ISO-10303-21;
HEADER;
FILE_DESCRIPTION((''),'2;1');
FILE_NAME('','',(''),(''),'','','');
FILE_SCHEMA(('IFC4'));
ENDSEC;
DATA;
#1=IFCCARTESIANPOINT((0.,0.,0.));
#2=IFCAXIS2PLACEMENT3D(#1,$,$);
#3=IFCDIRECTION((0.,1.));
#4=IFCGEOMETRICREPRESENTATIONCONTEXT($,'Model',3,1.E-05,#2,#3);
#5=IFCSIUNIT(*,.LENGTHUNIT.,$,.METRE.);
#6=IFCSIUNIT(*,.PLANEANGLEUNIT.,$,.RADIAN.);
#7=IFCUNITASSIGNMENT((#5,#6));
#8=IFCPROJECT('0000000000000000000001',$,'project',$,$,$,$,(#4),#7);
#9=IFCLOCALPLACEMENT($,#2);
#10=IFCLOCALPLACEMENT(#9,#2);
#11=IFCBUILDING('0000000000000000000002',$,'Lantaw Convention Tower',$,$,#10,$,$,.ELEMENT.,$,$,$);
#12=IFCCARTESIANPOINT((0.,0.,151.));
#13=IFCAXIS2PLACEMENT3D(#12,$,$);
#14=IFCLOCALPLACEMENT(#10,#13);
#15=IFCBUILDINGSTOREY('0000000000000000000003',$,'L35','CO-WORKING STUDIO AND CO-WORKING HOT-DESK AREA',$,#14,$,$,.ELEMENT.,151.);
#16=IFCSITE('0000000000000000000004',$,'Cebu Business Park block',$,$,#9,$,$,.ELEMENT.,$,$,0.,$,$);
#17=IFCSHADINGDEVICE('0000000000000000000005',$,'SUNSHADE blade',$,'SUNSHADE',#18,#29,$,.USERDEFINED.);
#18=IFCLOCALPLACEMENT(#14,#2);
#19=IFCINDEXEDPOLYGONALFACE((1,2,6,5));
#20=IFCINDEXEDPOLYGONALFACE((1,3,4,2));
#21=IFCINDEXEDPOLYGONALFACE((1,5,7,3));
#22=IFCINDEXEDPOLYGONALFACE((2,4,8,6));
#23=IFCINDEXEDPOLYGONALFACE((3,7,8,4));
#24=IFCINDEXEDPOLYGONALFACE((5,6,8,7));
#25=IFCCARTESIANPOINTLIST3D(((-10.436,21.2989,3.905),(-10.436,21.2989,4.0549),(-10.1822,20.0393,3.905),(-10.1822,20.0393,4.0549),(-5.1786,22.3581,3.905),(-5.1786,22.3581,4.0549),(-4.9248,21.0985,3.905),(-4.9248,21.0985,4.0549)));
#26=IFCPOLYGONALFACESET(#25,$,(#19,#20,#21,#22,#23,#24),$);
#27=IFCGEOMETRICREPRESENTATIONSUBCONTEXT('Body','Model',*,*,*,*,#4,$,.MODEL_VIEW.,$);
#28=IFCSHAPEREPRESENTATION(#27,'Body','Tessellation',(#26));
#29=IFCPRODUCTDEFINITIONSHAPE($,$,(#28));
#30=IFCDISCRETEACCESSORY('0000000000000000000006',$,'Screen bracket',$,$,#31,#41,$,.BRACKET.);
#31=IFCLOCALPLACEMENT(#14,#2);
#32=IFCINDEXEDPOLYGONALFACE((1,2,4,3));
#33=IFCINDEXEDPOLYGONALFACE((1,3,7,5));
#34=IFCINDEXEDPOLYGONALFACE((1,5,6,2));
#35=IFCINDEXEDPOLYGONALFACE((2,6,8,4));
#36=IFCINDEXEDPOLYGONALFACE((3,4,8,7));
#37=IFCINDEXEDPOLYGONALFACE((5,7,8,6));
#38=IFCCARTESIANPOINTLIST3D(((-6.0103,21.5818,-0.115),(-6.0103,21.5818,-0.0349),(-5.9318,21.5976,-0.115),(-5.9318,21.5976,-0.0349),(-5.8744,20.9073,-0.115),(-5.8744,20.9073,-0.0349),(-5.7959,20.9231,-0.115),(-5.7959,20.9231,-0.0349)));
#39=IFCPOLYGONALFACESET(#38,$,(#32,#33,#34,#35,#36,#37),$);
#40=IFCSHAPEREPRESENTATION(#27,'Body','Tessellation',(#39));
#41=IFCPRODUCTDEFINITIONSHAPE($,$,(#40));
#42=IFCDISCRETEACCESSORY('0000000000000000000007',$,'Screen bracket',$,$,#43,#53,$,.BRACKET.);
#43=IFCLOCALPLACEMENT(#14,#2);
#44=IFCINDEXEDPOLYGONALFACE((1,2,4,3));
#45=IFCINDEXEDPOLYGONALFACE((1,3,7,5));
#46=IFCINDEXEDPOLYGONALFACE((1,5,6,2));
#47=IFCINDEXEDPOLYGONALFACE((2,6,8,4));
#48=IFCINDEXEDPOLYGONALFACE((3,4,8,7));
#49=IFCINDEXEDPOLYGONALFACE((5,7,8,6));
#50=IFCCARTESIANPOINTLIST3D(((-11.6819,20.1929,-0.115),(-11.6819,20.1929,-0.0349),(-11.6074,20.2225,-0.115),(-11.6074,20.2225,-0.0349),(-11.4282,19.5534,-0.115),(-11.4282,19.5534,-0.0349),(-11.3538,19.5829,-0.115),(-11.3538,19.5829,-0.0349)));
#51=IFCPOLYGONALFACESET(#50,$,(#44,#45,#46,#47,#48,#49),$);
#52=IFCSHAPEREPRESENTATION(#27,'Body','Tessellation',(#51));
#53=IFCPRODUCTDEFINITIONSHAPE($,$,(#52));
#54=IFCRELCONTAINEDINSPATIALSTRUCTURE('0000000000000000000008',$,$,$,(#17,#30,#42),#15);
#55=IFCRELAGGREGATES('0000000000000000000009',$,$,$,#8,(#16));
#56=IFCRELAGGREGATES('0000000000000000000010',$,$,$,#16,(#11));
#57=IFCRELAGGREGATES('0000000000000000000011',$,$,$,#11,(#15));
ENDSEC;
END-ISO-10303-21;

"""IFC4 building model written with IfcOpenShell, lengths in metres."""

from ifc_helpers import new_model, si_unit, direction, frame, origin, origin_2d, place, context, subcontext, project, spatial, rectangle, extrude, element, save


model = new_model("IFC4")

# Units and contexts
model_context = context("Model", 3, precision=1e-05, world=origin(), true_north=direction((0.0, 1.0)))
body_context = subcontext(model_context, "Body", "Model", "MODEL_VIEW")
ifc_project = project(units=[si_unit("LENGTHUNIT", "METRE"), si_unit("PLANEANGLEUNIT", "RADIAN")], contexts=[model_context])

# Site, building, storey
site_placement = place(None, origin())
site = spatial("IfcSite", under=ifc_project, at=site_placement, Name="Cebu Business Park block", CompositionType="ELEMENT", RefElevation=0.0)
building_placement = place(site_placement, origin())
building = spatial("IfcBuilding", under=site, at=building_placement, Name="Lantaw Convention Tower", CompositionType="ELEMENT")
storey_placement = place(building_placement, frame((0.0, 0.0, 151.0)))
storey = spatial("IfcBuildingStorey", under=building, at=storey_placement, Name="L35", Description="CO-WORKING STUDIO AND CO-WORKING HOT-DESK AREA", CompositionType="ELEMENT", Elevation=151.0)

# Shading device
shading_device_1_placement = place(storey_placement, frame((-7.6804, 21.1987, 3.905), z_axis=(0.0, 0.0, 1.0), x_axis=(-0.980302, -0.197507, 0.0)))
element("IfcShadingDevice", 1, at=shading_device_1_placement, inside=storey, Name="SUNSHADE blade", ObjectType="SUNSHADE", PredefinedType="USERDEFINED", context=body_context, shape_type="SweptSolid", body=[
    extrude(rectangle(XDim=5.363, YDim=1.2849, at=origin_2d()), origin(), (0.0, 0.0, 1.0), 0.1499),
])

# Discrete accessories
for number, where, z_axis, x_axis, name in (
    (2, (-5.9031, 21.2524, -0.115), (0.0, 0.0, 1.0), (-0.980302, -0.197507, 0.0), "Screen bracket"),
    (3, (-11.5178, 19.8879, -0.115), (0.0, 0.0, 1.0), (-0.929548, -0.368702, 0.0), "Screen bracket"),
):
    element("IfcDiscreteAccessory", number, at=place(storey_placement, frame(where, z_axis=z_axis, x_axis=x_axis)), inside=storey, Name=name, PredefinedType="BRACKET", context=body_context, shape_type="SweptSolid", body=[
        extrude(rectangle(XDim=0.0801, YDim=0.688, at=origin_2d()), origin(), (0.0, 0.0, 1.0), 0.0801),
    ])

save(model, "model.ifc")
